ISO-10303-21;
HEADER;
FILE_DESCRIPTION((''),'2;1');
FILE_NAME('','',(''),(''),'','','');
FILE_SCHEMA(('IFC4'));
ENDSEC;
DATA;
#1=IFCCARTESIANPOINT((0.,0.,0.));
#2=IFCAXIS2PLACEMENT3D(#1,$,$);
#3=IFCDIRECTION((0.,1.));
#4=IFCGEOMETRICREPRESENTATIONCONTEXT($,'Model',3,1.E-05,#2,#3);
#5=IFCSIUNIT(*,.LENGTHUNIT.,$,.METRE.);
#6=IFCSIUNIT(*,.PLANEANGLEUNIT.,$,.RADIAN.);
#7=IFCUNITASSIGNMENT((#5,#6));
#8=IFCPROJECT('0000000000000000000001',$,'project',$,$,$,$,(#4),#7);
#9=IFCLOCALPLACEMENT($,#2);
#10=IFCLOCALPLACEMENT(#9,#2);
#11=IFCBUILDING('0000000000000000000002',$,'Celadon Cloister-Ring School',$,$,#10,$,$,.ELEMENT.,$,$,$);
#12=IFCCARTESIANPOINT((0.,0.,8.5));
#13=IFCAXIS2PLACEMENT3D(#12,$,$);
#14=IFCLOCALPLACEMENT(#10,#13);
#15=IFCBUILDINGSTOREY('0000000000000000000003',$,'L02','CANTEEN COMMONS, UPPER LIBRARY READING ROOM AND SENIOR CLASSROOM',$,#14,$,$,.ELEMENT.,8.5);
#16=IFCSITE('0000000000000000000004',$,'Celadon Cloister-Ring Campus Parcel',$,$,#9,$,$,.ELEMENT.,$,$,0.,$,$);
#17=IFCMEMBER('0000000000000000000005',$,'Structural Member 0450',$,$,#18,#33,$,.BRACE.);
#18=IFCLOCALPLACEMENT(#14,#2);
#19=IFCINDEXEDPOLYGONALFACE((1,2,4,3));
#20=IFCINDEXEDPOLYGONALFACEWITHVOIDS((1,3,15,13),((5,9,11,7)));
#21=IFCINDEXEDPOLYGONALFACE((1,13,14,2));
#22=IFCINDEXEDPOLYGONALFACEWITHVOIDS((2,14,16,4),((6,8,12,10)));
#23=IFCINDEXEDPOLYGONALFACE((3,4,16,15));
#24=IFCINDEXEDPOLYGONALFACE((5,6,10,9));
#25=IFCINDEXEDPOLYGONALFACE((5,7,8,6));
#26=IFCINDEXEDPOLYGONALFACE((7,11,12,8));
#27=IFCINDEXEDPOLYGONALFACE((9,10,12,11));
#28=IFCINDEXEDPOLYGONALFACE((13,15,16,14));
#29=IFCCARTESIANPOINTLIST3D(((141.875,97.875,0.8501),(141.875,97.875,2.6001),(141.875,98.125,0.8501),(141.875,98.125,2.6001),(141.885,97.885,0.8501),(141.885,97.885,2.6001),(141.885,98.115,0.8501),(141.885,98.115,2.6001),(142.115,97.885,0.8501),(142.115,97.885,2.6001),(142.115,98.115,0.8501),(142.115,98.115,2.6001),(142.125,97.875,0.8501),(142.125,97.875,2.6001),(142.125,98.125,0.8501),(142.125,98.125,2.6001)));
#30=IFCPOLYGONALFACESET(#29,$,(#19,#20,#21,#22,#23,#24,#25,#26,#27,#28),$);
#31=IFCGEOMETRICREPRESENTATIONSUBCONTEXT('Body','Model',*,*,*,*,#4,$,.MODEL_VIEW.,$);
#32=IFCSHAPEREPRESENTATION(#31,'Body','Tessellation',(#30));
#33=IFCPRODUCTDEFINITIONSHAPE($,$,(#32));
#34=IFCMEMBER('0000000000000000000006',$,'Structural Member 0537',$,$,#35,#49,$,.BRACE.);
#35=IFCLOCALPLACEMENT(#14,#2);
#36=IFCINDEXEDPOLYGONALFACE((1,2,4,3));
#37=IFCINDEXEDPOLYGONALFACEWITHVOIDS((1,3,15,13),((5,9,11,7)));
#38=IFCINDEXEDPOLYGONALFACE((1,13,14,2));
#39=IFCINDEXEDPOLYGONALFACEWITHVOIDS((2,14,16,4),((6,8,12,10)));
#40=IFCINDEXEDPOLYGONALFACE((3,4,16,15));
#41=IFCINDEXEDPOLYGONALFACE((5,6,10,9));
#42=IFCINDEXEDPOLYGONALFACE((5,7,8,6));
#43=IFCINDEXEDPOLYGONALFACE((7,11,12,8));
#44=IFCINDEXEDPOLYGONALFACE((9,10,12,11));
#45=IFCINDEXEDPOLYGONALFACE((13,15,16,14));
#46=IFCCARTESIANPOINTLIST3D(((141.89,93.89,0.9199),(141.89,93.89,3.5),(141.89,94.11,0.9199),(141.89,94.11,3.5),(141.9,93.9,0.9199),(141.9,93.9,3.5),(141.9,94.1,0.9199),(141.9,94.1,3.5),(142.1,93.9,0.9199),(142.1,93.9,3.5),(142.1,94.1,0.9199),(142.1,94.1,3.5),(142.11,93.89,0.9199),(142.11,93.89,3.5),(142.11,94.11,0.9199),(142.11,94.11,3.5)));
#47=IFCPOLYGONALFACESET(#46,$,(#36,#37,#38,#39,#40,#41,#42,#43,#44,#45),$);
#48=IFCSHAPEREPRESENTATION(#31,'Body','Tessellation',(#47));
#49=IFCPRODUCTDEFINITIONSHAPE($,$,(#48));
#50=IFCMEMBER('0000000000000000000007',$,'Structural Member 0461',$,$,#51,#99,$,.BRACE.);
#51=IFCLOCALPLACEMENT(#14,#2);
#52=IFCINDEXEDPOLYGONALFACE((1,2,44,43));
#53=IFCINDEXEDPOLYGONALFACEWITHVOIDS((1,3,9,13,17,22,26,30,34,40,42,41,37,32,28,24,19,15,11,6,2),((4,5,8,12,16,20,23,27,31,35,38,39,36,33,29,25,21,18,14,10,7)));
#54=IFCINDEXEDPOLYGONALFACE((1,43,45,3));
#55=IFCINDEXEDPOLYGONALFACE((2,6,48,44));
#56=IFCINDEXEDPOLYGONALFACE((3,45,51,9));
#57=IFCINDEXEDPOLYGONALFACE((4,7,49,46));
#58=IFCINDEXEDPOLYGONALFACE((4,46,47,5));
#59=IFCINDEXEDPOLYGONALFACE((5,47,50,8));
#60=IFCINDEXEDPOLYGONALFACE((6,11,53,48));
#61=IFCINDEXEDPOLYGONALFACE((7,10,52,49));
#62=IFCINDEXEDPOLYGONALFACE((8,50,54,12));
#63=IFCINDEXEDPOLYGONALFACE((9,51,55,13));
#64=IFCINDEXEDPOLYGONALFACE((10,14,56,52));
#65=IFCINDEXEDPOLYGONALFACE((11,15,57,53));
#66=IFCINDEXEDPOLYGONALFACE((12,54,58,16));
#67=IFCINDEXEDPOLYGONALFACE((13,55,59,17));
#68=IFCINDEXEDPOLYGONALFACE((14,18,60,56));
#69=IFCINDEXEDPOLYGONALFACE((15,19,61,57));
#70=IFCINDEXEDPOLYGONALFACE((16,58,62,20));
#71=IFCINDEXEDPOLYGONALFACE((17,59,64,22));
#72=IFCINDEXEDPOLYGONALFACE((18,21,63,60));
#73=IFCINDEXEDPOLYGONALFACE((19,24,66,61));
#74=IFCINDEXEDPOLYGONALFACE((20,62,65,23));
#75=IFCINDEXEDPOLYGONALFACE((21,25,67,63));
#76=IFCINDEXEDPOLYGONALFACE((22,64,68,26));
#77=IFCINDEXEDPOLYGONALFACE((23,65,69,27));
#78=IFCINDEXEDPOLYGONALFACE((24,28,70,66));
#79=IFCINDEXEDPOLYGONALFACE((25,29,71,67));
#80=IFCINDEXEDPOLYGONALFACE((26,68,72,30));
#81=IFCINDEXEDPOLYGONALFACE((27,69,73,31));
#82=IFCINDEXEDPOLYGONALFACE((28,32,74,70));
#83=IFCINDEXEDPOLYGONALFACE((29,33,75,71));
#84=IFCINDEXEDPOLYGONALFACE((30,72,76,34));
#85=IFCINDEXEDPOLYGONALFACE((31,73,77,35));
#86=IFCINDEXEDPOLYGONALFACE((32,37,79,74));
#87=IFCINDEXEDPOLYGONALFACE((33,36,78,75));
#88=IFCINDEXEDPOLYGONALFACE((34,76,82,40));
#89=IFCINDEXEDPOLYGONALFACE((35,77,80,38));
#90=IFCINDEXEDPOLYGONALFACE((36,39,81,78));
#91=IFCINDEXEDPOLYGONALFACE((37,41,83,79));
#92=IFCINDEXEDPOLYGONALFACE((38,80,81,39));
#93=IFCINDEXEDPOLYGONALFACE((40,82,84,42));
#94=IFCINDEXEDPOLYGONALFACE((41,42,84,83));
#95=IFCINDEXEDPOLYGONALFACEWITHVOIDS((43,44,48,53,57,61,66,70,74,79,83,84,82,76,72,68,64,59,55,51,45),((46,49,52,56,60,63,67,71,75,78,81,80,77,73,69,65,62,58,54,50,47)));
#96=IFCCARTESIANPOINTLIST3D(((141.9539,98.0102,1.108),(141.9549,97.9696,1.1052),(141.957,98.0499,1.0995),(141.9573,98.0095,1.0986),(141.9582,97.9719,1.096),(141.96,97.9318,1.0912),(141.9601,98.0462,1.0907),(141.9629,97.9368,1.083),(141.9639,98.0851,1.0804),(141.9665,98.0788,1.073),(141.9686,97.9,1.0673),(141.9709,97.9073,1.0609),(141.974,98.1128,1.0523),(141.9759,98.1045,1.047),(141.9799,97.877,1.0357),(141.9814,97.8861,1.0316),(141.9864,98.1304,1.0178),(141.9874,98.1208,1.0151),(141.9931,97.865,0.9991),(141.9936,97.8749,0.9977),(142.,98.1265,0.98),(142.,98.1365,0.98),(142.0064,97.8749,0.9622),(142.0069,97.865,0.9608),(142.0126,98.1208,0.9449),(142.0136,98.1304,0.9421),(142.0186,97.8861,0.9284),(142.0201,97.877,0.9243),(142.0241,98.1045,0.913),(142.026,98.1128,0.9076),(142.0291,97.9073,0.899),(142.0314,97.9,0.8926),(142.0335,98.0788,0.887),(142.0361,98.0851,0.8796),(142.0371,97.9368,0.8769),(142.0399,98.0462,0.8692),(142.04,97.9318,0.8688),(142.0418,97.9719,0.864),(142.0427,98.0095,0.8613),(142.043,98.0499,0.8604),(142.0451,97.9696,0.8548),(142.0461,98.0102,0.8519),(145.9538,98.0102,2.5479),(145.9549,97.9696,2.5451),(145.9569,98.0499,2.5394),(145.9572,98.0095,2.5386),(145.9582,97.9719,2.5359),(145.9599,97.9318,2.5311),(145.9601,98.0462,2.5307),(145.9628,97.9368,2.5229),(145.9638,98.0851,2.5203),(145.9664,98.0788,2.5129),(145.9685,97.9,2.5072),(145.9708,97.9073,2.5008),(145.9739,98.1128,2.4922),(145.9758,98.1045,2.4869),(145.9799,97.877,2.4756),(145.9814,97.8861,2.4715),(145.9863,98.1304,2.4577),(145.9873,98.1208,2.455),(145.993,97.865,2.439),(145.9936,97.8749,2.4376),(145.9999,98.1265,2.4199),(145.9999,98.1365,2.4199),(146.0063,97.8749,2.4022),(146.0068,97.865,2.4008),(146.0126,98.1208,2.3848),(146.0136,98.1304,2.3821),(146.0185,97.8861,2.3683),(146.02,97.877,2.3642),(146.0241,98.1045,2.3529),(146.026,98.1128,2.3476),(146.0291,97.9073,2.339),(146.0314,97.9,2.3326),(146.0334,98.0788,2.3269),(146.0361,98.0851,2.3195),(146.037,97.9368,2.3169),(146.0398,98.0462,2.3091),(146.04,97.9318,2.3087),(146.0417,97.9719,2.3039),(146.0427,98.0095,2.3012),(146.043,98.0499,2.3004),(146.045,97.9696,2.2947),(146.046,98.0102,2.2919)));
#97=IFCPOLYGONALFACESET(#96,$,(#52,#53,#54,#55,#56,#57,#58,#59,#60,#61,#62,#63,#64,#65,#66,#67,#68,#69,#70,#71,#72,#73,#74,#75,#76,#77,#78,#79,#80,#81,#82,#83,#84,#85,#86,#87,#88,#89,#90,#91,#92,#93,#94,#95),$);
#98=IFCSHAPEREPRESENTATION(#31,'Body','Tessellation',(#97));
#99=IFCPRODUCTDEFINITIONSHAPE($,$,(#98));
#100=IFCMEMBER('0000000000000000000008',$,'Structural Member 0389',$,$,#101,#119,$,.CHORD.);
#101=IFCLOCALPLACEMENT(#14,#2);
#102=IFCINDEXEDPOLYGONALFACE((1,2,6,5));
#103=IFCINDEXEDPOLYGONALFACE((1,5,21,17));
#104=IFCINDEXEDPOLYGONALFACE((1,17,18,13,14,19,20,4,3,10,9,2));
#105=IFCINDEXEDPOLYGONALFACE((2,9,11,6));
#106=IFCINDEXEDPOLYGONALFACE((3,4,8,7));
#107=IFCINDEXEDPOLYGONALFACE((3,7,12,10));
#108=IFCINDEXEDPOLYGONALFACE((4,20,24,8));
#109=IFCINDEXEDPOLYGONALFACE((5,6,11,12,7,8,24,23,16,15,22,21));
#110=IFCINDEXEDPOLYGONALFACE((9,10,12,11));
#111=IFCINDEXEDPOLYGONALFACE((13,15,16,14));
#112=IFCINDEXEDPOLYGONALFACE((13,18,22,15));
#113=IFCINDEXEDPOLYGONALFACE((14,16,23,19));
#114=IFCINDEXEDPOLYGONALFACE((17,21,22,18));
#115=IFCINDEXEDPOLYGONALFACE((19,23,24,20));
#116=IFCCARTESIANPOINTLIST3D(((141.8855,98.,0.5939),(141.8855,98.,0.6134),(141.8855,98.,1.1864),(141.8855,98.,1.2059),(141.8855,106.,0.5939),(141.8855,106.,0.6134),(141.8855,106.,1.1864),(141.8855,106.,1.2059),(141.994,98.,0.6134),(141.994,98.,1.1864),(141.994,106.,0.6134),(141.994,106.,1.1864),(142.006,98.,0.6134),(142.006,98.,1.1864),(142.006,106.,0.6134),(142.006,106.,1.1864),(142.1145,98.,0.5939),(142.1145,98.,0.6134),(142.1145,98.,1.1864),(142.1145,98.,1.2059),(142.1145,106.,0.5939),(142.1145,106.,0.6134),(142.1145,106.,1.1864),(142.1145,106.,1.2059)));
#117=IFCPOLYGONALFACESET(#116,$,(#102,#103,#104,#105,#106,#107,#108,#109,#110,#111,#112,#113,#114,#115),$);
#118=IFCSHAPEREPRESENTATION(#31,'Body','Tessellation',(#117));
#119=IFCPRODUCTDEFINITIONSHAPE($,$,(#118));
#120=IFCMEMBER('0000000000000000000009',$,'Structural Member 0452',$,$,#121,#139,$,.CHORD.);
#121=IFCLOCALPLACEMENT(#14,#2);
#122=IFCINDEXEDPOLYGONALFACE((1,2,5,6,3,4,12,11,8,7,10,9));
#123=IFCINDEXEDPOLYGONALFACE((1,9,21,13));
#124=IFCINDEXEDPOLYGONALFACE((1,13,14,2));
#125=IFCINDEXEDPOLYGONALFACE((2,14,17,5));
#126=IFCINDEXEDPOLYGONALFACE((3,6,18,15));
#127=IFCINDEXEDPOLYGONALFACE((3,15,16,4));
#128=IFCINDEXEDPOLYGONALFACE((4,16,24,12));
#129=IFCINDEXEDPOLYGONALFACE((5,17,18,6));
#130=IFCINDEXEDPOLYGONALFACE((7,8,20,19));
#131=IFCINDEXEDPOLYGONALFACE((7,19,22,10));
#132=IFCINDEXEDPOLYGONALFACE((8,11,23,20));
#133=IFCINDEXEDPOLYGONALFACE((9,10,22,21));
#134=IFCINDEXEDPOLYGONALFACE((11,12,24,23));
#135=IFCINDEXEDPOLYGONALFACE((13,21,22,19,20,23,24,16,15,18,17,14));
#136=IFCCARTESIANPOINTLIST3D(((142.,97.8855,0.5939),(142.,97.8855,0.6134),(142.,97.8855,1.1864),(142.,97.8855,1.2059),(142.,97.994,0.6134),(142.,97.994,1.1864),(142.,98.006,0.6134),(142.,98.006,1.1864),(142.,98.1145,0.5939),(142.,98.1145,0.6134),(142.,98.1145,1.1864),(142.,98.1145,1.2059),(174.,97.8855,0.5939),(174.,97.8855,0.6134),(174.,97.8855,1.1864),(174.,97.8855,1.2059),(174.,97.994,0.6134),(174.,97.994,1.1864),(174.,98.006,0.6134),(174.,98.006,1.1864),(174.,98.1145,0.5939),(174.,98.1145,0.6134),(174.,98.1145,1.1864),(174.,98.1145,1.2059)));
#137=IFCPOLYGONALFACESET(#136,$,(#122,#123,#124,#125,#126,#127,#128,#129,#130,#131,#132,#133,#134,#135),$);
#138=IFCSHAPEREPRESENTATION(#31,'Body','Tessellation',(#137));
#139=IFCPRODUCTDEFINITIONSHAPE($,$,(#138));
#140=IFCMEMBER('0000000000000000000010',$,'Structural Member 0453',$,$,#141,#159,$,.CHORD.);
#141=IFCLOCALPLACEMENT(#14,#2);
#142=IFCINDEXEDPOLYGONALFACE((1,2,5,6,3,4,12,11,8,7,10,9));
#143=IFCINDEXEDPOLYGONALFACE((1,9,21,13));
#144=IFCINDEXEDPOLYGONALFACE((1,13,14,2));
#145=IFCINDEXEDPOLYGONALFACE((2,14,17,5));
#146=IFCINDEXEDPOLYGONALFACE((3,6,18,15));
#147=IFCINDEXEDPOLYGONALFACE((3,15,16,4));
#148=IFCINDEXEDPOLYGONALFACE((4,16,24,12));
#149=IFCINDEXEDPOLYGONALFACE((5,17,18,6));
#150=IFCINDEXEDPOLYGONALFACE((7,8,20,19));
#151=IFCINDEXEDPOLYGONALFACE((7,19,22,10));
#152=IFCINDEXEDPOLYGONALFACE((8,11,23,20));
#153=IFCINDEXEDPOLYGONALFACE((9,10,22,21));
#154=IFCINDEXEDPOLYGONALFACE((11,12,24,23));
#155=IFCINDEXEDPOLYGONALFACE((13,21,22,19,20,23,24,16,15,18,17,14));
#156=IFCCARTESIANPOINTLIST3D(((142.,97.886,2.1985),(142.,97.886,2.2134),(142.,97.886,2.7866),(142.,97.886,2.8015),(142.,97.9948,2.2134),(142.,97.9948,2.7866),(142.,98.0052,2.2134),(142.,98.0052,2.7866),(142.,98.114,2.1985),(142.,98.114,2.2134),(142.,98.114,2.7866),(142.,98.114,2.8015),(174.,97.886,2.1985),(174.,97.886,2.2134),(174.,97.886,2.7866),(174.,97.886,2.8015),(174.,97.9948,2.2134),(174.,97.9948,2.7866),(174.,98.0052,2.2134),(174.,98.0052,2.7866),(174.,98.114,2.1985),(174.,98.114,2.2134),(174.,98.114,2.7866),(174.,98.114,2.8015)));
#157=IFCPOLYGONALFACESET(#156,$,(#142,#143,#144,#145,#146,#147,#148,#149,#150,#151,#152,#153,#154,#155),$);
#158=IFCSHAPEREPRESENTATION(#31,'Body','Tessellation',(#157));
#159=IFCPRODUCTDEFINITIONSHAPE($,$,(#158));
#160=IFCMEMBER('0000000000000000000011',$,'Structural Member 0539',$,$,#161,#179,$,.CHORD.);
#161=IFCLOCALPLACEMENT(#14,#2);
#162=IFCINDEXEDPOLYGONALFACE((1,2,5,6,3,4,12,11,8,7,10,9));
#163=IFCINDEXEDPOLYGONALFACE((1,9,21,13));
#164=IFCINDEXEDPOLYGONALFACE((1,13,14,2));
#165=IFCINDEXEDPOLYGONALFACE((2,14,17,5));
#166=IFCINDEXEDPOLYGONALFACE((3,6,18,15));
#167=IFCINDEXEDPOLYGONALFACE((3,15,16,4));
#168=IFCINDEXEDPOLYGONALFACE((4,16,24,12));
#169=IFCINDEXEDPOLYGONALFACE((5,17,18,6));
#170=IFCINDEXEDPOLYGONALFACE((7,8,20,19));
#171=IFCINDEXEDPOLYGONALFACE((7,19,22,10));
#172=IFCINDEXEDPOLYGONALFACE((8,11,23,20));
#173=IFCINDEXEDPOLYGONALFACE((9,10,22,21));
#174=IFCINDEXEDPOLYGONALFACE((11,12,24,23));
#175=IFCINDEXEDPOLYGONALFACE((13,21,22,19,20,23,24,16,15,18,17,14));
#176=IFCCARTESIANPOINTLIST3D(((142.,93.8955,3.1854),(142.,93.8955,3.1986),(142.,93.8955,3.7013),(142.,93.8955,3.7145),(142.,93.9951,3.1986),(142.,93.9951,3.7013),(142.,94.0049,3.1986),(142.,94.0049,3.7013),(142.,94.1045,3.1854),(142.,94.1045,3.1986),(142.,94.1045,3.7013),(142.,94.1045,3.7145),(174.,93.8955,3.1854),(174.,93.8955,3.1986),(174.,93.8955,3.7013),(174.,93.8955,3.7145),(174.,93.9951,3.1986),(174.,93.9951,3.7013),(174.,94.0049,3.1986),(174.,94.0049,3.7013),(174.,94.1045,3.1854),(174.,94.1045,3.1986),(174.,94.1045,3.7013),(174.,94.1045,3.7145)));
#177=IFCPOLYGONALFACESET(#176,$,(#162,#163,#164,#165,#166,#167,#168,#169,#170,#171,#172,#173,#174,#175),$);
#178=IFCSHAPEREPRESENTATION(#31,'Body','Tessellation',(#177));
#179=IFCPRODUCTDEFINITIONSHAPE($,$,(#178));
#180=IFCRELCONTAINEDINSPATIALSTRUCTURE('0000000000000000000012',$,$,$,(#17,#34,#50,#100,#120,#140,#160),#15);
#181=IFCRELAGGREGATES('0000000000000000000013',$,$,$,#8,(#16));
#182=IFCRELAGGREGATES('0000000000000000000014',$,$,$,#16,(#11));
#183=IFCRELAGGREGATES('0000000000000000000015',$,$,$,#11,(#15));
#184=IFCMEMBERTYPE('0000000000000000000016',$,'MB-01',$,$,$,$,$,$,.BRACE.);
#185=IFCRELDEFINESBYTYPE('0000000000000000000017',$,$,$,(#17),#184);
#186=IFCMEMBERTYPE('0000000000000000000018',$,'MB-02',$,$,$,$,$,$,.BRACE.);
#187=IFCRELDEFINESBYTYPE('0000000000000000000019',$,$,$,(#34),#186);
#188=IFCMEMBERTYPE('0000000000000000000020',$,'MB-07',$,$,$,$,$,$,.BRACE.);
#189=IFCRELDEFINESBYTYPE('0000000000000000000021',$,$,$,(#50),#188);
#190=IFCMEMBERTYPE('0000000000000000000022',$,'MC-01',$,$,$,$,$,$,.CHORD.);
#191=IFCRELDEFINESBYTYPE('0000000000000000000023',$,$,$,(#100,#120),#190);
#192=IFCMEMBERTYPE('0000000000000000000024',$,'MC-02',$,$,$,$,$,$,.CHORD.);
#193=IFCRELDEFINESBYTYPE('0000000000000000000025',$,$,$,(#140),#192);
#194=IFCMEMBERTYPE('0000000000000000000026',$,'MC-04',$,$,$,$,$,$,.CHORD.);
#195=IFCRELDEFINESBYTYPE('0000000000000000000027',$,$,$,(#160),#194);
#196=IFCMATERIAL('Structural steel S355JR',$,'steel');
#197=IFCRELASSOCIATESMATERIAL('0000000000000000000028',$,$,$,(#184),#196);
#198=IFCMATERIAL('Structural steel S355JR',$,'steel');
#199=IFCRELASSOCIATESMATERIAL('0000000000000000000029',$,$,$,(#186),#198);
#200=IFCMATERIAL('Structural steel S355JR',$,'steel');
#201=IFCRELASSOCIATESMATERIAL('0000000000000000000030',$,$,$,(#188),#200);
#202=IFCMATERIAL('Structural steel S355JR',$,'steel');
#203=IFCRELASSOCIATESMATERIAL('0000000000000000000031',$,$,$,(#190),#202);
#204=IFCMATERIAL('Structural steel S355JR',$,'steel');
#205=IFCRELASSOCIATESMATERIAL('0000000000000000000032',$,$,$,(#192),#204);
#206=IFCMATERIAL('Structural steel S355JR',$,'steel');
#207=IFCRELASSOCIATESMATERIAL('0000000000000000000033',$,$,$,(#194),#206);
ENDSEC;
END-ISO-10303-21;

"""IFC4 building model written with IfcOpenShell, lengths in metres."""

from ifc_helpers import new_model, si_unit, direction, frame, origin, origin_2d, place, context, subcontext, project, spatial, hollow_rectangle, hollow_circle, i_section, extrude, material, material_profile, profile_set, type_object, element, save


model = new_model("IFC4")

# Units and contexts
model_context = context("Model", 3, precision=1e-05, world=origin(), true_north=direction((0.0, 1.0)))
body_context = subcontext(model_context, "Body", "Model", "MODEL_VIEW")
ifc_project = project(units=[si_unit("LENGTHUNIT", "METRE"), si_unit("PLANEANGLEUNIT", "RADIAN")], contexts=[model_context])

# Site, building, storey
site_placement = place(None, origin())
site = spatial("IfcSite", under=ifc_project, at=site_placement, Name="Celadon Cloister-Ring Campus Parcel", CompositionType="ELEMENT", RefElevation=0.0)
building_placement = place(site_placement, origin())
building = spatial("IfcBuilding", under=site, at=building_placement, Name="Celadon Cloister-Ring School", CompositionType="ELEMENT")
storey_placement = place(building_placement, frame((0.0, 0.0, 8.5)))
storey = spatial("IfcBuildingStorey", under=building, at=storey_placement, Name="L02", Description="CANTEEN COMMONS, UPPER LIBRARY READING ROOM AND SENIOR CLASSROOM", CompositionType="ELEMENT", Elevation=8.5)

# Members
ifc_material_1 = material(Name="Structural steel S355JR", Category="steel")
ifc_material_profile_1 = material_profile(ifc_material_1, hollow_rectangle(XDim=0.25, YDim=0.25, WallThickness=0.01, at=origin_2d()), Name="HSS250X250X10")
ifc_profile_set_1 = profile_set([ifc_material_profile_1], Name="Structural steel S355JR")
member_type_1 = type_object("IfcMemberType", Name="MB-01", PredefinedType="BRACE", material=ifc_profile_set_1)
member_1_placement = place(storey_placement, frame((142.0, 98.0, 0.8501), z_axis=(0.0, 0.0, 1.0), x_axis=(1.0, 0.0, 0.0)))
element("IfcMember", 1, at=member_1_placement, inside=storey, type_object=member_type_1, Name="Structural Member 0450", PredefinedType="BRACE", context=body_context, shape_type="SweptSolid", body=[
    extrude(hollow_rectangle(XDim=0.25, YDim=0.25, WallThickness=0.01, at=origin_2d()), origin(), (0.0, 0.0, 1.0), 1.75),
])
ifc_material_2 = material(Name="Structural steel S355JR", Category="steel")
ifc_material_profile_2 = material_profile(ifc_material_2, hollow_rectangle(XDim=0.22, YDim=0.22, WallThickness=0.01, at=origin_2d()), Name="HSS220X220X10")
ifc_profile_set_2 = profile_set([ifc_material_profile_2], Name="Structural steel S355JR")
member_type_2 = type_object("IfcMemberType", Name="MB-02", PredefinedType="BRACE", material=ifc_profile_set_2)
member_2_placement = place(storey_placement, frame((142.0, 94.0, 0.9199), z_axis=(0.0, 0.0, 1.0), x_axis=(1.0, 0.0, 0.0)))
element("IfcMember", 2, at=member_2_placement, inside=storey, type_object=member_type_2, Name="Structural Member 0537", PredefinedType="BRACE", context=body_context, shape_type="SweptSolid", body=[
    extrude(hollow_rectangle(XDim=0.22, YDim=0.22, WallThickness=0.01, at=origin_2d()), origin(), (0.0, 0.0, 1.0), 2.5801),
])
ifc_material_3 = material(Name="Structural steel S355JR", Category="steel")
ifc_material_profile_3 = material_profile(ifc_material_3, hollow_circle(Radius=0.1365, WallThickness=0.01, at=origin_2d()), Name="CHS273.0X10")
ifc_profile_set_3 = profile_set([ifc_material_profile_3], Name="Structural steel S355JR")
member_type_3 = type_object("IfcMemberType", Name="MB-07", PredefinedType="BRACE", material=ifc_profile_set_3)
member_3_placement = place(storey_placement, frame((142.0, 98.0, 0.98), z_axis=(0.940892, 0.0, 0.338707), x_axis=(0.0, 1.0, 0.0)))
element("IfcMember", 3, at=member_3_placement, inside=storey, type_object=member_type_3, Name="Structural Member 0461", PredefinedType="BRACE", context=body_context, shape_type="SweptSolid", body=[
    extrude(hollow_circle(Radius=0.1365, WallThickness=0.01, at=origin_2d()), origin(), (0.0, 0.0, 1.0), 4.2512),
])
ifc_material_4 = material(Name="Structural steel S355JR", Category="steel")
ifc_material_profile_4 = material_profile(ifc_material_4, i_section(OverallWidth=0.229, OverallDepth=0.6121, WebThickness=0.012, FlangeThickness=0.0195, at=origin_2d()), Name="W610X125")
ifc_profile_set_4 = profile_set([ifc_material_profile_4], Name="Structural steel S355JR")
member_type_4 = type_object("IfcMemberType", Name="MC-01", PredefinedType="CHORD", material=ifc_profile_set_4)
member_4_placement = place(storey_placement, frame((142.0, 98.0, 0.8999), z_axis=(0.0, 1.0, 0.0), x_axis=(-1.0, 0.0, 0.0)))
element("IfcMember", 4, at=member_4_placement, inside=storey, type_object=member_type_4, Name="Structural Member 0389", PredefinedType="CHORD", context=body_context, shape_type="SweptSolid", body=[
    extrude(i_section(OverallWidth=0.229, OverallDepth=0.6121, WebThickness=0.012, FlangeThickness=0.0195, at=origin_2d()), origin(), (0.0, 0.0, 1.0), 8.0),
])
member_5_placement = place(storey_placement, frame((142.0, 98.0, 0.8999), z_axis=(1.0, 0.0, 0.0), x_axis=(0.0, 1.0, 0.0)))
element("IfcMember", 5, at=member_5_placement, inside=storey, type_object=member_type_4, Name="Structural Member 0452", PredefinedType="CHORD", context=body_context, shape_type="SweptSolid", body=[
    extrude(i_section(OverallWidth=0.229, OverallDepth=0.6121, WebThickness=0.012, FlangeThickness=0.0195, at=origin_2d()), origin(), (0.0, 0.0, 1.0), 32.0),
])
ifc_material_5 = material(Name="Structural steel S355JR", Category="steel")
ifc_material_profile_5 = material_profile(ifc_material_5, i_section(OverallWidth=0.228, OverallDepth=0.603, WebThickness=0.0105, FlangeThickness=0.0149, at=origin_2d()), Name="W610X101")
ifc_profile_set_5 = profile_set([ifc_material_profile_5], Name="Structural steel S355JR")
member_type_5 = type_object("IfcMemberType", Name="MC-02", PredefinedType="CHORD", material=ifc_profile_set_5)
member_6_placement = place(storey_placement, frame((142.0, 98.0, 2.5), z_axis=(1.0, 0.0, 0.0), x_axis=(0.0, 1.0, 0.0)))
element("IfcMember", 6, at=member_6_placement, inside=storey, type_object=member_type_5, Name="Structural Member 0453", PredefinedType="CHORD", context=body_context, shape_type="SweptSolid", body=[
    extrude(i_section(OverallWidth=0.228, OverallDepth=0.603, WebThickness=0.0105, FlangeThickness=0.0149, at=origin_2d()), origin(), (0.0, 0.0, 1.0), 32.0),
])
ifc_material_6 = material(Name="Structural steel S355JR", Category="steel")
ifc_material_profile_6 = material_profile(ifc_material_6, i_section(OverallWidth=0.209, OverallDepth=0.5291, WebThickness=0.0098, FlangeThickness=0.0132, at=origin_2d()), Name="W530X74")
ifc_profile_set_6 = profile_set([ifc_material_profile_6], Name="Structural steel S355JR")
member_type_6 = type_object("IfcMemberType", Name="MC-04", PredefinedType="CHORD", material=ifc_profile_set_6)
member_7_placement = place(storey_placement, frame((142.0, 94.0, 3.45), z_axis=(1.0, 0.0, 0.0), x_axis=(0.0, 1.0, 0.0)))
element("IfcMember", 7, at=member_7_placement, inside=storey, type_object=member_type_6, Name="Structural Member 0539", PredefinedType="CHORD", context=body_context, shape_type="SweptSolid", body=[
    extrude(i_section(OverallWidth=0.209, OverallDepth=0.5291, WebThickness=0.0098, FlangeThickness=0.0132, at=origin_2d()), origin(), (0.0, 0.0, 1.0), 32.0),
])

save(model, "model.ifc")
